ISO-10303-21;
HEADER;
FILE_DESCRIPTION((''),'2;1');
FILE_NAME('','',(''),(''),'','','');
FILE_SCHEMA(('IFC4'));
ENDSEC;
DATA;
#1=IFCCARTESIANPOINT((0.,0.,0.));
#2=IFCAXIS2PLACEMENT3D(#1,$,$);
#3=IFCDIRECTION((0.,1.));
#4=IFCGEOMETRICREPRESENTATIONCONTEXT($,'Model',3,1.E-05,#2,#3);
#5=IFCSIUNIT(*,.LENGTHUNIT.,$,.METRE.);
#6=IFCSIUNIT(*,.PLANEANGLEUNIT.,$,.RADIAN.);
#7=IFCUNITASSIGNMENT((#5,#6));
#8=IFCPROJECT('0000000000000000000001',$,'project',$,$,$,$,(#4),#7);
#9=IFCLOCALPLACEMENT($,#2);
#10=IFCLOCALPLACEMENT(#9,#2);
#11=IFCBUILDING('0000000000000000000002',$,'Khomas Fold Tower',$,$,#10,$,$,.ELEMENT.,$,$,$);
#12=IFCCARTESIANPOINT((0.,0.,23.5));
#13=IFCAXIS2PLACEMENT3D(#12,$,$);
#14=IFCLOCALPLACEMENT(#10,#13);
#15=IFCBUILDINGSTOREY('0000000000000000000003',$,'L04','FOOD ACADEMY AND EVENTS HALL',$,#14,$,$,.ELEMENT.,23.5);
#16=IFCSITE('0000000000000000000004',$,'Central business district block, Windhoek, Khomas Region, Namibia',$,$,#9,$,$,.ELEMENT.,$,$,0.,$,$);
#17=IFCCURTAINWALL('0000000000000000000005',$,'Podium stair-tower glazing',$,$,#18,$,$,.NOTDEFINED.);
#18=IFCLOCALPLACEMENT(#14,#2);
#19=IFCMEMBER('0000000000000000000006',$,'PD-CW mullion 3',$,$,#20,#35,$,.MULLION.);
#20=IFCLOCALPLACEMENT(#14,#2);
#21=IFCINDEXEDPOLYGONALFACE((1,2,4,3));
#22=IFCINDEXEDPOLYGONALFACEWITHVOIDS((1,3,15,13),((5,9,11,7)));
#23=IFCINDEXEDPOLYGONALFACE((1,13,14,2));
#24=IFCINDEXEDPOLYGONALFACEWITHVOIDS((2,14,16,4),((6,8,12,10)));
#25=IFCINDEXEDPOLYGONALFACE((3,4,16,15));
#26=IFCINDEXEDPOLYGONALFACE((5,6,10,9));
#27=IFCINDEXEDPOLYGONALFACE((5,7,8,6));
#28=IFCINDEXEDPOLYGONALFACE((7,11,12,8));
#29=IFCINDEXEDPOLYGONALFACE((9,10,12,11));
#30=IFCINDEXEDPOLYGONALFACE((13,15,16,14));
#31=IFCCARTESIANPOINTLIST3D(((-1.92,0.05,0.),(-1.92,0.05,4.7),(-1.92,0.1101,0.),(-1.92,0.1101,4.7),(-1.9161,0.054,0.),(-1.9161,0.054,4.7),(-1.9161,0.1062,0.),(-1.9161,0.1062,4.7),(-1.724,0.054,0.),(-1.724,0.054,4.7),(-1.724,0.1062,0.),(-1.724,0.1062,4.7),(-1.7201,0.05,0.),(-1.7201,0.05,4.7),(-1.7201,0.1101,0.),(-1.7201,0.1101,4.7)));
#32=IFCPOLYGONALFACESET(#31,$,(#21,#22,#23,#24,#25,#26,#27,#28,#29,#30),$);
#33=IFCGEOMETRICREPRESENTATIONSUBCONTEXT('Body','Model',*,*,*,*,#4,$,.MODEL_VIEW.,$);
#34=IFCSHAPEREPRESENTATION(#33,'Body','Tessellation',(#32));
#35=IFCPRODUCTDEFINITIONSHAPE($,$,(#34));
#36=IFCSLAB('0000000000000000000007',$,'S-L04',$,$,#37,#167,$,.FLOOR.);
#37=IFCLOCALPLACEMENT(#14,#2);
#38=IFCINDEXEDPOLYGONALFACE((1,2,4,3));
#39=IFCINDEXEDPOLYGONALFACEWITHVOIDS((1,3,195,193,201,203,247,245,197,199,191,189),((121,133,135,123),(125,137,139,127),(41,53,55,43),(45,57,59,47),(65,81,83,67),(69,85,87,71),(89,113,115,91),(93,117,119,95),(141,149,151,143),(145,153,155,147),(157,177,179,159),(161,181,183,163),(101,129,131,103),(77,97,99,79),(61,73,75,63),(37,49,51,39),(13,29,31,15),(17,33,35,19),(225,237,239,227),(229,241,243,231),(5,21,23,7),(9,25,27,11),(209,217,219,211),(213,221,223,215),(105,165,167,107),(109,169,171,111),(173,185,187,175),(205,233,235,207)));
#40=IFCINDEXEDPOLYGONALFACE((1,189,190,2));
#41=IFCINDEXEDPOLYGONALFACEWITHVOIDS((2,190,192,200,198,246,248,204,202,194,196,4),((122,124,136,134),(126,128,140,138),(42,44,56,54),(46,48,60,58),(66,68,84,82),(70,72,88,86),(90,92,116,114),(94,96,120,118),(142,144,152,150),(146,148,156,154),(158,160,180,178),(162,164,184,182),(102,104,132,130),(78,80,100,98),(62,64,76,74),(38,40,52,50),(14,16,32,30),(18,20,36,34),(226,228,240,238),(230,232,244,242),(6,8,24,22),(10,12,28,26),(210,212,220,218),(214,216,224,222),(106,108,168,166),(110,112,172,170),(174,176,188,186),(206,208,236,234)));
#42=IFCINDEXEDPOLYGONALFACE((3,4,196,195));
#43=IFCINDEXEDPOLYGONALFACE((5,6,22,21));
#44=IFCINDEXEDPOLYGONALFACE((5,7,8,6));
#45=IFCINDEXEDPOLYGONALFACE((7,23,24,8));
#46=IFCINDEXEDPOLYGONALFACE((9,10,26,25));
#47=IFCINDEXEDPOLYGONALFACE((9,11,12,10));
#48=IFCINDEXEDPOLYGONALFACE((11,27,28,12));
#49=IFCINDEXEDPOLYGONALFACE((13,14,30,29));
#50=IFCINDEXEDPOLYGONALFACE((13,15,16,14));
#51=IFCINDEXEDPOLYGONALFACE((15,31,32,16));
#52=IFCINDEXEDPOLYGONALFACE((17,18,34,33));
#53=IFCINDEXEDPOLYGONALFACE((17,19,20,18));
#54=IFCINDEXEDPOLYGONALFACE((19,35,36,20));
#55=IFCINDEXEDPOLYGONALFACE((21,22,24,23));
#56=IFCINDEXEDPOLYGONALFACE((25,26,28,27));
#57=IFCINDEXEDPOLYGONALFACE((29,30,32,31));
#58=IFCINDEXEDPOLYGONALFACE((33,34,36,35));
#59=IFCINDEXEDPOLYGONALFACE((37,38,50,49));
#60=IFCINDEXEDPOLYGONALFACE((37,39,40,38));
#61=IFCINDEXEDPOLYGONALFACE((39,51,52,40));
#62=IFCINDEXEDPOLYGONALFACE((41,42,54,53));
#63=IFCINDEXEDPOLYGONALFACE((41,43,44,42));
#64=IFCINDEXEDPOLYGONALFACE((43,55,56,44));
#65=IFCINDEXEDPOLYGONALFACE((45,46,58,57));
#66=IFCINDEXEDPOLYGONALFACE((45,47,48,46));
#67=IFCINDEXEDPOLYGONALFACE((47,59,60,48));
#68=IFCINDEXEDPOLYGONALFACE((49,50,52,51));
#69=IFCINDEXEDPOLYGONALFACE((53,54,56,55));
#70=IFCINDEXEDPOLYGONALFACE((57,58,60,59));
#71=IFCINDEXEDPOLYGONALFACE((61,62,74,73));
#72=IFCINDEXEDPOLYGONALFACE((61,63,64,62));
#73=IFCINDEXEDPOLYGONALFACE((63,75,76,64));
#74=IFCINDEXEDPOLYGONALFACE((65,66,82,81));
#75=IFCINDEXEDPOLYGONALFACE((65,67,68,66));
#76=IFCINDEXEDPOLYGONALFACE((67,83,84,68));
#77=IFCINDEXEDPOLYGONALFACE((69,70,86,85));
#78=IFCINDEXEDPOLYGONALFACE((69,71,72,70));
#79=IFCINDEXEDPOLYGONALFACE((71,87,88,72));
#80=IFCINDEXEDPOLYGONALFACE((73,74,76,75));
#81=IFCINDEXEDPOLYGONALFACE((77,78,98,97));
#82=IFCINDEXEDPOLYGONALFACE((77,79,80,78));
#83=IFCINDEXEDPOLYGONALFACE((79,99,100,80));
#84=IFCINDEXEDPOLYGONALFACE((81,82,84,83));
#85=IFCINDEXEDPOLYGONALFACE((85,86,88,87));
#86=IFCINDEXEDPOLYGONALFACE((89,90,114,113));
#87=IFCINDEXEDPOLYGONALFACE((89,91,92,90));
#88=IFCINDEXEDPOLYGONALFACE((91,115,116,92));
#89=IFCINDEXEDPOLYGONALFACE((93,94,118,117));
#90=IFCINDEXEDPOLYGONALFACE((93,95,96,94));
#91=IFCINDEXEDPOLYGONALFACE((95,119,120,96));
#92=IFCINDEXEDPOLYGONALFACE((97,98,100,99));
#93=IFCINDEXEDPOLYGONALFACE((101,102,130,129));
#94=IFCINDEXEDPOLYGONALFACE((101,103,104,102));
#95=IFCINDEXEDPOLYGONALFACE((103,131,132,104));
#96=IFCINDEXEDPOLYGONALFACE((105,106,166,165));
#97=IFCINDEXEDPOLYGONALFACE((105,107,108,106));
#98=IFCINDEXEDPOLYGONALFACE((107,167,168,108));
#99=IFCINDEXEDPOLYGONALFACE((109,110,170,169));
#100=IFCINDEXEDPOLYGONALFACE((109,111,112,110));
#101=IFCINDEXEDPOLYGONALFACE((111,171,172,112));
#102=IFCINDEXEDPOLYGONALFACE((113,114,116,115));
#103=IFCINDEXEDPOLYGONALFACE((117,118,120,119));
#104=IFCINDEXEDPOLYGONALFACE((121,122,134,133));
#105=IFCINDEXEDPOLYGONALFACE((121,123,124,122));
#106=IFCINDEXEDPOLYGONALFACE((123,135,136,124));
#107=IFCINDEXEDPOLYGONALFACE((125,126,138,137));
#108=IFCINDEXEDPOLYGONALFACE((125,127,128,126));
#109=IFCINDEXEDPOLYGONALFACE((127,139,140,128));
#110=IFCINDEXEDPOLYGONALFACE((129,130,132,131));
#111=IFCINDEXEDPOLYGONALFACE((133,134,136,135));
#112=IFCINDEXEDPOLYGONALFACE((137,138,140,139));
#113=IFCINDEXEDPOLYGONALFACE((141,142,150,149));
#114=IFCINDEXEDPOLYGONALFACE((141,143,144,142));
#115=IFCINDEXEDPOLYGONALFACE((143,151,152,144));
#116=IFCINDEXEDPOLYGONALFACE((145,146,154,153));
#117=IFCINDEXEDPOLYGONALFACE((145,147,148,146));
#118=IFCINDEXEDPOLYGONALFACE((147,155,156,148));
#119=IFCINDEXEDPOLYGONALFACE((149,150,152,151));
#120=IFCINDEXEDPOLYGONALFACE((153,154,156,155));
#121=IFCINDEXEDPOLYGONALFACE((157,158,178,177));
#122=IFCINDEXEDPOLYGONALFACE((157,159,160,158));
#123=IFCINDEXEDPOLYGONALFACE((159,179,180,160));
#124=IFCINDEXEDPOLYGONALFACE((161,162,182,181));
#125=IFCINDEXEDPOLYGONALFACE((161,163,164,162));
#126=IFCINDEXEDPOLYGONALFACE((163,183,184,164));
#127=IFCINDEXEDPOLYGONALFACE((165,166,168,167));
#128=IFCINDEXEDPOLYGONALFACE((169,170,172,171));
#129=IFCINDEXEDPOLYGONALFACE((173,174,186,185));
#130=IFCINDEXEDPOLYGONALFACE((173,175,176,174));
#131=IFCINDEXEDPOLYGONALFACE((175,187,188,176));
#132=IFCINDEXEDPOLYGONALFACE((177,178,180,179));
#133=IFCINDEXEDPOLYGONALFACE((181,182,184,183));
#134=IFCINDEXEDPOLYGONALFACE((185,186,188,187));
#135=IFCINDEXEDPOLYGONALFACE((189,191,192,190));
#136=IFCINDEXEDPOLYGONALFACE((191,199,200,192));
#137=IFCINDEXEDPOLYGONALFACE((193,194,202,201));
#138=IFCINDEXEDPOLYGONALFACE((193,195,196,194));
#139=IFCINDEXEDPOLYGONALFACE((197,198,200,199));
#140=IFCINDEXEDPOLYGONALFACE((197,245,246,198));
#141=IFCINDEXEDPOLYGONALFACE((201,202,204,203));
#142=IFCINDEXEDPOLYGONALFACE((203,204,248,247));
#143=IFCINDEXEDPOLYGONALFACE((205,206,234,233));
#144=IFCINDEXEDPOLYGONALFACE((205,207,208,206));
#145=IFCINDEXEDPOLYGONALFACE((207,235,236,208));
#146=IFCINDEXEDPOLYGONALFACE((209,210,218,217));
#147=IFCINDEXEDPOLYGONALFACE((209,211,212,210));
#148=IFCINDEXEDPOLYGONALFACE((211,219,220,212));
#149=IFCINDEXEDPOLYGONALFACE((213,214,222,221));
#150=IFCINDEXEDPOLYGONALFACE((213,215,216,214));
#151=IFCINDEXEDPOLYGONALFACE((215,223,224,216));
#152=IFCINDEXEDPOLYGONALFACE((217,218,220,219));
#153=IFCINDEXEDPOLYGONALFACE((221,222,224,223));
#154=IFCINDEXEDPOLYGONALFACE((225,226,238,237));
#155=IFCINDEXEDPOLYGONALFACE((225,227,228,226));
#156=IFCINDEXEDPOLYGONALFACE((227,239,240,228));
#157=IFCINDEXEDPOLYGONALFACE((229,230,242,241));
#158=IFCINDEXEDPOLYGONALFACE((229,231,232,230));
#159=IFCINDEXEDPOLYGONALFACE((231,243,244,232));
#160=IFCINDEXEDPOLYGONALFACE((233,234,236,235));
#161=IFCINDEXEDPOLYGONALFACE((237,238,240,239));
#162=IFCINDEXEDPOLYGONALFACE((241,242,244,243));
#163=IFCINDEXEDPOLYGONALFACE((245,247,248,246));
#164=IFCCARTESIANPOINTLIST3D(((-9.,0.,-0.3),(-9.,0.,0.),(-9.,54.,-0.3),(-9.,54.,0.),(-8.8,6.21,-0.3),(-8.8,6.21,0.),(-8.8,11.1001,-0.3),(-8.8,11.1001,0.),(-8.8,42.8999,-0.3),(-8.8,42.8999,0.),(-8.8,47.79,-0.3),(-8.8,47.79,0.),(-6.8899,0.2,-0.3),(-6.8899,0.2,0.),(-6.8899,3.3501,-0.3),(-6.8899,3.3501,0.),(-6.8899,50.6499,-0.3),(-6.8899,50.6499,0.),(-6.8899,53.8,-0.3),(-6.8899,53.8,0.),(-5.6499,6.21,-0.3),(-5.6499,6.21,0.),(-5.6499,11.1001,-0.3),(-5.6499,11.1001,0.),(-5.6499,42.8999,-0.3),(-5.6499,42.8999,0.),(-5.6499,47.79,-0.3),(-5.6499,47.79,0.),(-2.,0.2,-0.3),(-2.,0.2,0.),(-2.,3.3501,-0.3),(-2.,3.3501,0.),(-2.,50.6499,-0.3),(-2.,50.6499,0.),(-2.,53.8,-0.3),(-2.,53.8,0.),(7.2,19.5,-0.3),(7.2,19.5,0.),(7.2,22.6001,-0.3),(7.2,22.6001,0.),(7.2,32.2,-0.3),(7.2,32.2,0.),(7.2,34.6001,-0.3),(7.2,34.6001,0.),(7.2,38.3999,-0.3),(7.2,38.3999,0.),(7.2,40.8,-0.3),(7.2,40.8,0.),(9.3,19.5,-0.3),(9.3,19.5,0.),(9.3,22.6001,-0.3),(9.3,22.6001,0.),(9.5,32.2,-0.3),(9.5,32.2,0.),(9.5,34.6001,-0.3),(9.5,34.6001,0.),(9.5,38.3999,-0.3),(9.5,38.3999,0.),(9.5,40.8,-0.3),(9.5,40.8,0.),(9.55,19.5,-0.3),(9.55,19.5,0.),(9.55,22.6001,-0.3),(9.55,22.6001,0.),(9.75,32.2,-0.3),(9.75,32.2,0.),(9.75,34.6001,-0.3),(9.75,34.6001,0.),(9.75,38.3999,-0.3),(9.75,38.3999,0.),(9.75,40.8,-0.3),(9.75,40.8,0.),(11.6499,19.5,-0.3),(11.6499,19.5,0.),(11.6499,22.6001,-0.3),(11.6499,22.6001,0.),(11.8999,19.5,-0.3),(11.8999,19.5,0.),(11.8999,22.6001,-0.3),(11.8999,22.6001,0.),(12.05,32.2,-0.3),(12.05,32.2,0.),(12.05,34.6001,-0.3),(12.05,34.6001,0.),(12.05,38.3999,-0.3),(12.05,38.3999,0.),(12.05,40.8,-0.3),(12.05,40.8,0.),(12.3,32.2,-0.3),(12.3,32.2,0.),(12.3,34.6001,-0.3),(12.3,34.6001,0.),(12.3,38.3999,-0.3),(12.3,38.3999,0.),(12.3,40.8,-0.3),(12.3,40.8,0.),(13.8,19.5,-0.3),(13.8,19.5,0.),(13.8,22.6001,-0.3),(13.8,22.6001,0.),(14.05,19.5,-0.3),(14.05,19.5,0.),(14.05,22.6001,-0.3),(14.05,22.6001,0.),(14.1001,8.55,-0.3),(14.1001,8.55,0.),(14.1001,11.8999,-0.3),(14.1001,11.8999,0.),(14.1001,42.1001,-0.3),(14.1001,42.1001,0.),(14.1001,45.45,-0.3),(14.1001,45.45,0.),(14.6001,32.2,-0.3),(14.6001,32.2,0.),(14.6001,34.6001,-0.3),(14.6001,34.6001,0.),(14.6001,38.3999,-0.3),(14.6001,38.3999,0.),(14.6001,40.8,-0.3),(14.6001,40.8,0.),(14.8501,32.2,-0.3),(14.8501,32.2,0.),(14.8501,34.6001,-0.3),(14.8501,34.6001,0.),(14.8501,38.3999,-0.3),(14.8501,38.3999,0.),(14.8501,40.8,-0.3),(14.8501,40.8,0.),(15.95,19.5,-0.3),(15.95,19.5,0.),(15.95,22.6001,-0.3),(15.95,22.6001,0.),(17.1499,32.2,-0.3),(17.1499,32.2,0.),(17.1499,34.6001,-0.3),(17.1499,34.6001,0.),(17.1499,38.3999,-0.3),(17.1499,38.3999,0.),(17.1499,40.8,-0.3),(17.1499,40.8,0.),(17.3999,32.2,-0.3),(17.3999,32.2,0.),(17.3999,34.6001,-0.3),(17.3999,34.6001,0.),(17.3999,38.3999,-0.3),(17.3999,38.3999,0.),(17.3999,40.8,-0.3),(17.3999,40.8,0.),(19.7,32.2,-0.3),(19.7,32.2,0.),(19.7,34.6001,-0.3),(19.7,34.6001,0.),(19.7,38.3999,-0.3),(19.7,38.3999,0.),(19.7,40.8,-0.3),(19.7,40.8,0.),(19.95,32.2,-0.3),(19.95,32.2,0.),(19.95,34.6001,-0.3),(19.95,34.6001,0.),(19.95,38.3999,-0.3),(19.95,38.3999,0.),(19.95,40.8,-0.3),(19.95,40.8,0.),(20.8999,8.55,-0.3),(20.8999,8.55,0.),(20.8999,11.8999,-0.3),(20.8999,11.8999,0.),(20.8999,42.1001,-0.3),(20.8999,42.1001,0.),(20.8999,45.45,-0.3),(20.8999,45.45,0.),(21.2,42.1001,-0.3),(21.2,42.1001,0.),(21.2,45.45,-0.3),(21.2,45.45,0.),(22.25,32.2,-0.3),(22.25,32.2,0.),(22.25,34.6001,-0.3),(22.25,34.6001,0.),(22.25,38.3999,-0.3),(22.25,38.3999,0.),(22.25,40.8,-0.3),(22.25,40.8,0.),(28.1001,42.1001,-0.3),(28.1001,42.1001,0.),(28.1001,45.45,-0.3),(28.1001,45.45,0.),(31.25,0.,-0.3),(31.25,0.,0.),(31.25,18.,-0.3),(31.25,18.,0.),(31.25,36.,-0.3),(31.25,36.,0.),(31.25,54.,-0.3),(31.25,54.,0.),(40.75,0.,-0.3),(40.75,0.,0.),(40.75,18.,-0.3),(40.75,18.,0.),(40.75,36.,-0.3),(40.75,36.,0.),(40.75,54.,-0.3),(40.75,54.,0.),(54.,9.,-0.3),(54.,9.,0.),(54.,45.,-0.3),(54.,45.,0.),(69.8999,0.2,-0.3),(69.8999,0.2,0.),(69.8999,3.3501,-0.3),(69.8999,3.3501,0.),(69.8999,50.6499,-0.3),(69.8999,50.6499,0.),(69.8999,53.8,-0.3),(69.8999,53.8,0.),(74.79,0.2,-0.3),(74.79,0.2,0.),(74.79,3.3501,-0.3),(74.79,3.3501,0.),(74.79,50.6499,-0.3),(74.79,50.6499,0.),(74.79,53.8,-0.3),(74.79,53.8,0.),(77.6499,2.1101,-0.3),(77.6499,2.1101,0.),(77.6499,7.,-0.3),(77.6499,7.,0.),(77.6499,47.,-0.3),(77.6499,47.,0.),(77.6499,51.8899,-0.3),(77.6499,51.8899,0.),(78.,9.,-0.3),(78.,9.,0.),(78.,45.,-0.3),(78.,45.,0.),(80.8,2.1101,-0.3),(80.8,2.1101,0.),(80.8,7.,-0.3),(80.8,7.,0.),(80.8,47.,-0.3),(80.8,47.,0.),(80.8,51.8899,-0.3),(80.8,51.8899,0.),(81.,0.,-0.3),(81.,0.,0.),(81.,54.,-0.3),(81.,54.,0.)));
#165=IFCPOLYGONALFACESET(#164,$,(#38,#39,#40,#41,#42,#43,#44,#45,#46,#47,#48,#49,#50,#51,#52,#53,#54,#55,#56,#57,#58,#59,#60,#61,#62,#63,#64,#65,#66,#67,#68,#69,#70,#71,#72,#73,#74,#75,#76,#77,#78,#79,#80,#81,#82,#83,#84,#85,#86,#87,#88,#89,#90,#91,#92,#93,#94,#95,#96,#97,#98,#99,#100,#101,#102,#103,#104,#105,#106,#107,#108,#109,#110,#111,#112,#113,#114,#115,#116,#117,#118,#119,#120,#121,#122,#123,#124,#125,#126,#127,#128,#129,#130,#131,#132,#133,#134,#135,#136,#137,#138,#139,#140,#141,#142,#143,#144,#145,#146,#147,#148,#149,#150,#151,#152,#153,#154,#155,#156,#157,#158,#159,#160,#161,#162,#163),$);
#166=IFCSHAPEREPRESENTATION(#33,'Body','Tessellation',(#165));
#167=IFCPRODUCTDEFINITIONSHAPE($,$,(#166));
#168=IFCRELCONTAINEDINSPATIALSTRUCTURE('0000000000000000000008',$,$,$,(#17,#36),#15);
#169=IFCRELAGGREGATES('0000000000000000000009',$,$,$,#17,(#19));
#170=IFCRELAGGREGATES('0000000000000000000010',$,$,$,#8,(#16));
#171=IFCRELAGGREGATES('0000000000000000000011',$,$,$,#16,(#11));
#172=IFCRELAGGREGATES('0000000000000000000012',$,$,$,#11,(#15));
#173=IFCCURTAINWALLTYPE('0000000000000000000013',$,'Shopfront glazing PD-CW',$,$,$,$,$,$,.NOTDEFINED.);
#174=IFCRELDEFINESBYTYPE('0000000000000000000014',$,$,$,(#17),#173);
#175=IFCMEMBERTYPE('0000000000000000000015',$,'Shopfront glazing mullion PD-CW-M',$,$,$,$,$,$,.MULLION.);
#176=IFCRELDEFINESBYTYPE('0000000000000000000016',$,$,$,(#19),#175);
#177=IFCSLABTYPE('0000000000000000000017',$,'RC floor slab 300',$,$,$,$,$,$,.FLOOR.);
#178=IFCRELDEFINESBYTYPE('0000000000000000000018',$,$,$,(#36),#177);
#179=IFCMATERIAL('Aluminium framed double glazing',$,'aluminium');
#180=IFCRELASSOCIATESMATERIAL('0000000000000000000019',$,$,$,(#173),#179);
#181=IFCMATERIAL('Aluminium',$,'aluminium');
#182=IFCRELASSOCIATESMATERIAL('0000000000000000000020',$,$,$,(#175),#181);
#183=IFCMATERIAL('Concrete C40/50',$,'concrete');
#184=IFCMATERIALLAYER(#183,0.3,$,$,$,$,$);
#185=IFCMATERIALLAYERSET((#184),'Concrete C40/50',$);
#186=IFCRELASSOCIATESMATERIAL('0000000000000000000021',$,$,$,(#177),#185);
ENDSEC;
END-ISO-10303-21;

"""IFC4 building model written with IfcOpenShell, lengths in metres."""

from ifc_helpers import new_model, si_unit, direction, frame, origin, origin_2d, place, context, subcontext, project, spatial, polyline, hollow_rectangle, outline, extrude, source, transform, mapped, material, layer, layer_set, material_profile, profile_set, type_object, element, aggregate, save


model = new_model("IFC4")

# Units and contexts
model_context = context("Model", 3, precision=1e-05, world=origin(), true_north=direction((0.0, 1.0)))
body_context = subcontext(model_context, "Body", "Model", "MODEL_VIEW")
ifc_project = project(units=[si_unit("LENGTHUNIT", "METRE"), si_unit("PLANEANGLEUNIT", "RADIAN")], contexts=[model_context])

# Site, building, storey
site_placement = place(None, origin())
site = spatial("IfcSite", under=ifc_project, at=site_placement, Name="Central business district block, Windhoek, Khomas Region, Namibia", CompositionType="ELEMENT", RefElevation=0.0)
building_placement = place(site_placement, origin())
building = spatial("IfcBuilding", under=site, at=building_placement, Name="Khomas Fold Tower", CompositionType="ELEMENT")
storey_placement = place(building_placement, frame((0.0, 0.0, 23.5)))
storey = spatial("IfcBuildingStorey", under=building, at=storey_placement, Name="L04", Description="FOOD ACADEMY AND EVENTS HALL", CompositionType="ELEMENT", Elevation=23.5)

# Curtain wall, member
ifc_material_1 = material(Name="Aluminium framed double glazing", Category="aluminium")
curtain_wall_type = type_object("IfcCurtainWallType", Name="Shopfront glazing PD-CW", PredefinedType="NOTDEFINED", material=ifc_material_1)
curtain_wall_placement = place(storey_placement, origin())
curtain_wall = element("IfcCurtainWall", 1, at=curtain_wall_placement, inside=storey, type_object=curtain_wall_type, Name="Podium stair-tower glazing", PredefinedType="NOTDEFINED")
ifc_material_2 = material(Name="Aluminium", Category="aluminium")
ifc_material_profile = material_profile(ifc_material_2, hollow_rectangle(XDim=0.0601, YDim=0.2, WallThickness=0.0039, at=origin_2d()), Name="Shopfront glazing mullion PD-CW-M")
ifc_profile_set = profile_set([ifc_material_profile], Name="Aluminium")
member_type = type_object("IfcMemberType", Name="Shopfront glazing mullion PD-CW-M", PredefinedType="MULLION", material=ifc_profile_set)
shared_shape_1 = source(origin(), body_context, "Body", "SweptSolid", [
    extrude(hollow_rectangle(XDim=0.0601, YDim=0.2, WallThickness=0.0039, at=origin_2d()), origin(), (0.0, 0.0, 1.0), 4.7),
])
member_placement = place(storey_placement, frame((-1.8201, 0.0801, 0.0), z_axis=(0.0, 0.0, 1.0), x_axis=(0.0, 1.0, 0.0)))
member = element("IfcMember", 2, at=member_placement, type_object=member_type, Name="PD-CW mullion 3", PredefinedType="MULLION", context=body_context, shape_type="MappedRepresentation", body=[
    mapped(shared_shape_1, transform((0.0, 0.0, 0.0))),
])

# Slab
ifc_material_3 = material(Name="Concrete C40/50", Category="concrete")
ifc_layer_1 = layer(ifc_material_3, 0.3)
ifc_layer_set_1 = layer_set([ifc_layer_1], Name="Concrete C40/50")
slab_type_1 = type_object("IfcSlabType", Name="RC floor slab 300", PredefinedType="FLOOR", material=ifc_layer_set_1)
shared_shape_2 = source(origin(), body_context, "Body", "SweptSolid", [
    extrude(outline(polyline([(-9.0, 0.0), (31.25, 0.0), (31.25, 18.0), (40.75, 18.0), (40.75, 0.0), (81.0, 0.0), (81.0, 54.0), (40.75, 54.0), (40.75, 36.0), (31.25, 36.0), (31.25, 54.0), (-9.0, 54.0), (-9.0, 0.0)]), holes=[polyline([(-8.8, 6.21), (-8.8, 11.1001), (-5.6499, 11.1001), (-5.6499, 6.21), (-8.8, 6.21)]), polyline([(-8.8, 42.8999), (-8.8, 47.79), (-5.6499, 47.79), (-5.6499, 42.8999), (-8.8, 42.8999)]), polyline([(-6.8899, 0.2), (-6.8899, 3.3501), (-2.0, 3.3501), (-2.0, 0.2), (-6.8899, 0.2)]), polyline([(-6.8899, 50.6499), (-6.8899, 53.8), (-2.0, 53.8), (-2.0, 50.6499), (-6.8899, 50.6499)]), polyline([(7.2, 19.5), (7.2, 22.6001), (9.3, 22.6001), (9.3, 19.5), (7.2, 19.5)]), polyline([(7.2, 32.2), (7.2, 34.6001), (9.5, 34.6001), (9.5, 32.2), (7.2, 32.2)]), polyline([(7.2, 38.3999), (7.2, 40.8), (9.5, 40.8), (9.5, 38.3999), (7.2, 38.3999)]), polyline([(9.55, 19.5), (9.55, 22.6001), (11.6499, 22.6001), (11.6499, 19.5), (9.55, 19.5)]), polyline([(9.75, 32.2), (9.75, 34.6001), (12.05, 34.6001), (12.05, 32.2), (9.75, 32.2)]), polyline([(9.75, 38.3999), (9.75, 40.8), (12.05, 40.8), (12.05, 38.3999), (9.75, 38.3999)]), polyline([(11.8999, 19.5), (11.8999, 22.6001), (13.8, 22.6001), (13.8, 19.5), (11.8999, 19.5)]), polyline([(12.3, 32.2), (12.3, 34.6001), (14.6001, 34.6001), (14.6001, 32.2), (12.3, 32.2)]), polyline([(12.3, 38.3999), (12.3, 40.8), (14.6001, 40.8), (14.6001, 38.3999), (12.3, 38.3999)]), polyline([(14.05, 19.5), (14.05, 22.6001), (15.95, 22.6001), (15.95, 19.5), (14.05, 19.5)]), polyline([(14.1001, 8.55), (14.1001, 11.8999), (20.8999, 11.8999), (20.8999, 8.55), (14.1001, 8.55)]), polyline([(14.1001, 42.1001), (14.1001, 45.45), (20.8999, 45.45), (20.8999, 42.1001), (14.1001, 42.1001)]), polyline([(14.8501, 32.2), (14.8501, 34.6001), (17.1499, 34.6001), (17.1499, 32.2), (14.8501, 32.2)]), polyline([(14.8501, 38.3999), (14.8501, 40.8), (17.1499, 40.8), (17.1499, 38.3999), (14.8501, 38.3999)]), polyline([(17.3999, 32.2), (17.3999, 34.6001), (19.7, 34.6001), (19.7, 32.2), (17.3999, 32.2)]), polyline([(17.3999, 38.3999), (17.3999, 40.8), (19.7, 40.8), (19.7, 38.3999), (17.3999, 38.3999)]), polyline([(19.95, 32.2), (19.95, 34.6001), (22.25, 34.6001), (22.25, 32.2), (19.95, 32.2)]), polyline([(19.95, 38.3999), (19.95, 40.8), (22.25, 40.8), (22.25, 38.3999), (19.95, 38.3999)]), polyline([(21.2, 42.1001), (21.2, 45.45), (28.1001, 45.45), (28.1001, 42.1001), (21.2, 42.1001)]), polyline([(54.0, 9.0), (54.0, 45.0), (78.0, 45.0), (78.0, 9.0), (54.0, 9.0)]), polyline([(69.8999, 0.2), (69.8999, 3.3501), (74.79, 3.3501), (74.79, 0.2), (69.8999, 0.2)]), polyline([(69.8999, 50.6499), (69.8999, 53.8), (74.79, 53.8), (74.79, 50.6499), (69.8999, 50.6499)]), polyline([(77.6499, 2.1101), (77.6499, 7.0), (80.8, 7.0), (80.8, 2.1101), (77.6499, 2.1101)]), polyline([(77.6499, 47.0), (77.6499, 51.8899), (80.8, 51.8899), (80.8, 47.0), (77.6499, 47.0)])]), origin(), (0.0, 0.0, 1.0), 0.3),
])
slab_1_placement = place(storey_placement, frame((0.0, 0.0, -0.3)))
element("IfcSlab", 3, at=slab_1_placement, inside=storey, type_object=slab_type_1, Name="S-L04", PredefinedType="FLOOR", context=body_context, shape_type="MappedRepresentation", body=[
    mapped(shared_shape_2, transform((0.0, 0.0, 0.0))),
])

aggregate(curtain_wall, [member])

save(model, "model.ifc")
